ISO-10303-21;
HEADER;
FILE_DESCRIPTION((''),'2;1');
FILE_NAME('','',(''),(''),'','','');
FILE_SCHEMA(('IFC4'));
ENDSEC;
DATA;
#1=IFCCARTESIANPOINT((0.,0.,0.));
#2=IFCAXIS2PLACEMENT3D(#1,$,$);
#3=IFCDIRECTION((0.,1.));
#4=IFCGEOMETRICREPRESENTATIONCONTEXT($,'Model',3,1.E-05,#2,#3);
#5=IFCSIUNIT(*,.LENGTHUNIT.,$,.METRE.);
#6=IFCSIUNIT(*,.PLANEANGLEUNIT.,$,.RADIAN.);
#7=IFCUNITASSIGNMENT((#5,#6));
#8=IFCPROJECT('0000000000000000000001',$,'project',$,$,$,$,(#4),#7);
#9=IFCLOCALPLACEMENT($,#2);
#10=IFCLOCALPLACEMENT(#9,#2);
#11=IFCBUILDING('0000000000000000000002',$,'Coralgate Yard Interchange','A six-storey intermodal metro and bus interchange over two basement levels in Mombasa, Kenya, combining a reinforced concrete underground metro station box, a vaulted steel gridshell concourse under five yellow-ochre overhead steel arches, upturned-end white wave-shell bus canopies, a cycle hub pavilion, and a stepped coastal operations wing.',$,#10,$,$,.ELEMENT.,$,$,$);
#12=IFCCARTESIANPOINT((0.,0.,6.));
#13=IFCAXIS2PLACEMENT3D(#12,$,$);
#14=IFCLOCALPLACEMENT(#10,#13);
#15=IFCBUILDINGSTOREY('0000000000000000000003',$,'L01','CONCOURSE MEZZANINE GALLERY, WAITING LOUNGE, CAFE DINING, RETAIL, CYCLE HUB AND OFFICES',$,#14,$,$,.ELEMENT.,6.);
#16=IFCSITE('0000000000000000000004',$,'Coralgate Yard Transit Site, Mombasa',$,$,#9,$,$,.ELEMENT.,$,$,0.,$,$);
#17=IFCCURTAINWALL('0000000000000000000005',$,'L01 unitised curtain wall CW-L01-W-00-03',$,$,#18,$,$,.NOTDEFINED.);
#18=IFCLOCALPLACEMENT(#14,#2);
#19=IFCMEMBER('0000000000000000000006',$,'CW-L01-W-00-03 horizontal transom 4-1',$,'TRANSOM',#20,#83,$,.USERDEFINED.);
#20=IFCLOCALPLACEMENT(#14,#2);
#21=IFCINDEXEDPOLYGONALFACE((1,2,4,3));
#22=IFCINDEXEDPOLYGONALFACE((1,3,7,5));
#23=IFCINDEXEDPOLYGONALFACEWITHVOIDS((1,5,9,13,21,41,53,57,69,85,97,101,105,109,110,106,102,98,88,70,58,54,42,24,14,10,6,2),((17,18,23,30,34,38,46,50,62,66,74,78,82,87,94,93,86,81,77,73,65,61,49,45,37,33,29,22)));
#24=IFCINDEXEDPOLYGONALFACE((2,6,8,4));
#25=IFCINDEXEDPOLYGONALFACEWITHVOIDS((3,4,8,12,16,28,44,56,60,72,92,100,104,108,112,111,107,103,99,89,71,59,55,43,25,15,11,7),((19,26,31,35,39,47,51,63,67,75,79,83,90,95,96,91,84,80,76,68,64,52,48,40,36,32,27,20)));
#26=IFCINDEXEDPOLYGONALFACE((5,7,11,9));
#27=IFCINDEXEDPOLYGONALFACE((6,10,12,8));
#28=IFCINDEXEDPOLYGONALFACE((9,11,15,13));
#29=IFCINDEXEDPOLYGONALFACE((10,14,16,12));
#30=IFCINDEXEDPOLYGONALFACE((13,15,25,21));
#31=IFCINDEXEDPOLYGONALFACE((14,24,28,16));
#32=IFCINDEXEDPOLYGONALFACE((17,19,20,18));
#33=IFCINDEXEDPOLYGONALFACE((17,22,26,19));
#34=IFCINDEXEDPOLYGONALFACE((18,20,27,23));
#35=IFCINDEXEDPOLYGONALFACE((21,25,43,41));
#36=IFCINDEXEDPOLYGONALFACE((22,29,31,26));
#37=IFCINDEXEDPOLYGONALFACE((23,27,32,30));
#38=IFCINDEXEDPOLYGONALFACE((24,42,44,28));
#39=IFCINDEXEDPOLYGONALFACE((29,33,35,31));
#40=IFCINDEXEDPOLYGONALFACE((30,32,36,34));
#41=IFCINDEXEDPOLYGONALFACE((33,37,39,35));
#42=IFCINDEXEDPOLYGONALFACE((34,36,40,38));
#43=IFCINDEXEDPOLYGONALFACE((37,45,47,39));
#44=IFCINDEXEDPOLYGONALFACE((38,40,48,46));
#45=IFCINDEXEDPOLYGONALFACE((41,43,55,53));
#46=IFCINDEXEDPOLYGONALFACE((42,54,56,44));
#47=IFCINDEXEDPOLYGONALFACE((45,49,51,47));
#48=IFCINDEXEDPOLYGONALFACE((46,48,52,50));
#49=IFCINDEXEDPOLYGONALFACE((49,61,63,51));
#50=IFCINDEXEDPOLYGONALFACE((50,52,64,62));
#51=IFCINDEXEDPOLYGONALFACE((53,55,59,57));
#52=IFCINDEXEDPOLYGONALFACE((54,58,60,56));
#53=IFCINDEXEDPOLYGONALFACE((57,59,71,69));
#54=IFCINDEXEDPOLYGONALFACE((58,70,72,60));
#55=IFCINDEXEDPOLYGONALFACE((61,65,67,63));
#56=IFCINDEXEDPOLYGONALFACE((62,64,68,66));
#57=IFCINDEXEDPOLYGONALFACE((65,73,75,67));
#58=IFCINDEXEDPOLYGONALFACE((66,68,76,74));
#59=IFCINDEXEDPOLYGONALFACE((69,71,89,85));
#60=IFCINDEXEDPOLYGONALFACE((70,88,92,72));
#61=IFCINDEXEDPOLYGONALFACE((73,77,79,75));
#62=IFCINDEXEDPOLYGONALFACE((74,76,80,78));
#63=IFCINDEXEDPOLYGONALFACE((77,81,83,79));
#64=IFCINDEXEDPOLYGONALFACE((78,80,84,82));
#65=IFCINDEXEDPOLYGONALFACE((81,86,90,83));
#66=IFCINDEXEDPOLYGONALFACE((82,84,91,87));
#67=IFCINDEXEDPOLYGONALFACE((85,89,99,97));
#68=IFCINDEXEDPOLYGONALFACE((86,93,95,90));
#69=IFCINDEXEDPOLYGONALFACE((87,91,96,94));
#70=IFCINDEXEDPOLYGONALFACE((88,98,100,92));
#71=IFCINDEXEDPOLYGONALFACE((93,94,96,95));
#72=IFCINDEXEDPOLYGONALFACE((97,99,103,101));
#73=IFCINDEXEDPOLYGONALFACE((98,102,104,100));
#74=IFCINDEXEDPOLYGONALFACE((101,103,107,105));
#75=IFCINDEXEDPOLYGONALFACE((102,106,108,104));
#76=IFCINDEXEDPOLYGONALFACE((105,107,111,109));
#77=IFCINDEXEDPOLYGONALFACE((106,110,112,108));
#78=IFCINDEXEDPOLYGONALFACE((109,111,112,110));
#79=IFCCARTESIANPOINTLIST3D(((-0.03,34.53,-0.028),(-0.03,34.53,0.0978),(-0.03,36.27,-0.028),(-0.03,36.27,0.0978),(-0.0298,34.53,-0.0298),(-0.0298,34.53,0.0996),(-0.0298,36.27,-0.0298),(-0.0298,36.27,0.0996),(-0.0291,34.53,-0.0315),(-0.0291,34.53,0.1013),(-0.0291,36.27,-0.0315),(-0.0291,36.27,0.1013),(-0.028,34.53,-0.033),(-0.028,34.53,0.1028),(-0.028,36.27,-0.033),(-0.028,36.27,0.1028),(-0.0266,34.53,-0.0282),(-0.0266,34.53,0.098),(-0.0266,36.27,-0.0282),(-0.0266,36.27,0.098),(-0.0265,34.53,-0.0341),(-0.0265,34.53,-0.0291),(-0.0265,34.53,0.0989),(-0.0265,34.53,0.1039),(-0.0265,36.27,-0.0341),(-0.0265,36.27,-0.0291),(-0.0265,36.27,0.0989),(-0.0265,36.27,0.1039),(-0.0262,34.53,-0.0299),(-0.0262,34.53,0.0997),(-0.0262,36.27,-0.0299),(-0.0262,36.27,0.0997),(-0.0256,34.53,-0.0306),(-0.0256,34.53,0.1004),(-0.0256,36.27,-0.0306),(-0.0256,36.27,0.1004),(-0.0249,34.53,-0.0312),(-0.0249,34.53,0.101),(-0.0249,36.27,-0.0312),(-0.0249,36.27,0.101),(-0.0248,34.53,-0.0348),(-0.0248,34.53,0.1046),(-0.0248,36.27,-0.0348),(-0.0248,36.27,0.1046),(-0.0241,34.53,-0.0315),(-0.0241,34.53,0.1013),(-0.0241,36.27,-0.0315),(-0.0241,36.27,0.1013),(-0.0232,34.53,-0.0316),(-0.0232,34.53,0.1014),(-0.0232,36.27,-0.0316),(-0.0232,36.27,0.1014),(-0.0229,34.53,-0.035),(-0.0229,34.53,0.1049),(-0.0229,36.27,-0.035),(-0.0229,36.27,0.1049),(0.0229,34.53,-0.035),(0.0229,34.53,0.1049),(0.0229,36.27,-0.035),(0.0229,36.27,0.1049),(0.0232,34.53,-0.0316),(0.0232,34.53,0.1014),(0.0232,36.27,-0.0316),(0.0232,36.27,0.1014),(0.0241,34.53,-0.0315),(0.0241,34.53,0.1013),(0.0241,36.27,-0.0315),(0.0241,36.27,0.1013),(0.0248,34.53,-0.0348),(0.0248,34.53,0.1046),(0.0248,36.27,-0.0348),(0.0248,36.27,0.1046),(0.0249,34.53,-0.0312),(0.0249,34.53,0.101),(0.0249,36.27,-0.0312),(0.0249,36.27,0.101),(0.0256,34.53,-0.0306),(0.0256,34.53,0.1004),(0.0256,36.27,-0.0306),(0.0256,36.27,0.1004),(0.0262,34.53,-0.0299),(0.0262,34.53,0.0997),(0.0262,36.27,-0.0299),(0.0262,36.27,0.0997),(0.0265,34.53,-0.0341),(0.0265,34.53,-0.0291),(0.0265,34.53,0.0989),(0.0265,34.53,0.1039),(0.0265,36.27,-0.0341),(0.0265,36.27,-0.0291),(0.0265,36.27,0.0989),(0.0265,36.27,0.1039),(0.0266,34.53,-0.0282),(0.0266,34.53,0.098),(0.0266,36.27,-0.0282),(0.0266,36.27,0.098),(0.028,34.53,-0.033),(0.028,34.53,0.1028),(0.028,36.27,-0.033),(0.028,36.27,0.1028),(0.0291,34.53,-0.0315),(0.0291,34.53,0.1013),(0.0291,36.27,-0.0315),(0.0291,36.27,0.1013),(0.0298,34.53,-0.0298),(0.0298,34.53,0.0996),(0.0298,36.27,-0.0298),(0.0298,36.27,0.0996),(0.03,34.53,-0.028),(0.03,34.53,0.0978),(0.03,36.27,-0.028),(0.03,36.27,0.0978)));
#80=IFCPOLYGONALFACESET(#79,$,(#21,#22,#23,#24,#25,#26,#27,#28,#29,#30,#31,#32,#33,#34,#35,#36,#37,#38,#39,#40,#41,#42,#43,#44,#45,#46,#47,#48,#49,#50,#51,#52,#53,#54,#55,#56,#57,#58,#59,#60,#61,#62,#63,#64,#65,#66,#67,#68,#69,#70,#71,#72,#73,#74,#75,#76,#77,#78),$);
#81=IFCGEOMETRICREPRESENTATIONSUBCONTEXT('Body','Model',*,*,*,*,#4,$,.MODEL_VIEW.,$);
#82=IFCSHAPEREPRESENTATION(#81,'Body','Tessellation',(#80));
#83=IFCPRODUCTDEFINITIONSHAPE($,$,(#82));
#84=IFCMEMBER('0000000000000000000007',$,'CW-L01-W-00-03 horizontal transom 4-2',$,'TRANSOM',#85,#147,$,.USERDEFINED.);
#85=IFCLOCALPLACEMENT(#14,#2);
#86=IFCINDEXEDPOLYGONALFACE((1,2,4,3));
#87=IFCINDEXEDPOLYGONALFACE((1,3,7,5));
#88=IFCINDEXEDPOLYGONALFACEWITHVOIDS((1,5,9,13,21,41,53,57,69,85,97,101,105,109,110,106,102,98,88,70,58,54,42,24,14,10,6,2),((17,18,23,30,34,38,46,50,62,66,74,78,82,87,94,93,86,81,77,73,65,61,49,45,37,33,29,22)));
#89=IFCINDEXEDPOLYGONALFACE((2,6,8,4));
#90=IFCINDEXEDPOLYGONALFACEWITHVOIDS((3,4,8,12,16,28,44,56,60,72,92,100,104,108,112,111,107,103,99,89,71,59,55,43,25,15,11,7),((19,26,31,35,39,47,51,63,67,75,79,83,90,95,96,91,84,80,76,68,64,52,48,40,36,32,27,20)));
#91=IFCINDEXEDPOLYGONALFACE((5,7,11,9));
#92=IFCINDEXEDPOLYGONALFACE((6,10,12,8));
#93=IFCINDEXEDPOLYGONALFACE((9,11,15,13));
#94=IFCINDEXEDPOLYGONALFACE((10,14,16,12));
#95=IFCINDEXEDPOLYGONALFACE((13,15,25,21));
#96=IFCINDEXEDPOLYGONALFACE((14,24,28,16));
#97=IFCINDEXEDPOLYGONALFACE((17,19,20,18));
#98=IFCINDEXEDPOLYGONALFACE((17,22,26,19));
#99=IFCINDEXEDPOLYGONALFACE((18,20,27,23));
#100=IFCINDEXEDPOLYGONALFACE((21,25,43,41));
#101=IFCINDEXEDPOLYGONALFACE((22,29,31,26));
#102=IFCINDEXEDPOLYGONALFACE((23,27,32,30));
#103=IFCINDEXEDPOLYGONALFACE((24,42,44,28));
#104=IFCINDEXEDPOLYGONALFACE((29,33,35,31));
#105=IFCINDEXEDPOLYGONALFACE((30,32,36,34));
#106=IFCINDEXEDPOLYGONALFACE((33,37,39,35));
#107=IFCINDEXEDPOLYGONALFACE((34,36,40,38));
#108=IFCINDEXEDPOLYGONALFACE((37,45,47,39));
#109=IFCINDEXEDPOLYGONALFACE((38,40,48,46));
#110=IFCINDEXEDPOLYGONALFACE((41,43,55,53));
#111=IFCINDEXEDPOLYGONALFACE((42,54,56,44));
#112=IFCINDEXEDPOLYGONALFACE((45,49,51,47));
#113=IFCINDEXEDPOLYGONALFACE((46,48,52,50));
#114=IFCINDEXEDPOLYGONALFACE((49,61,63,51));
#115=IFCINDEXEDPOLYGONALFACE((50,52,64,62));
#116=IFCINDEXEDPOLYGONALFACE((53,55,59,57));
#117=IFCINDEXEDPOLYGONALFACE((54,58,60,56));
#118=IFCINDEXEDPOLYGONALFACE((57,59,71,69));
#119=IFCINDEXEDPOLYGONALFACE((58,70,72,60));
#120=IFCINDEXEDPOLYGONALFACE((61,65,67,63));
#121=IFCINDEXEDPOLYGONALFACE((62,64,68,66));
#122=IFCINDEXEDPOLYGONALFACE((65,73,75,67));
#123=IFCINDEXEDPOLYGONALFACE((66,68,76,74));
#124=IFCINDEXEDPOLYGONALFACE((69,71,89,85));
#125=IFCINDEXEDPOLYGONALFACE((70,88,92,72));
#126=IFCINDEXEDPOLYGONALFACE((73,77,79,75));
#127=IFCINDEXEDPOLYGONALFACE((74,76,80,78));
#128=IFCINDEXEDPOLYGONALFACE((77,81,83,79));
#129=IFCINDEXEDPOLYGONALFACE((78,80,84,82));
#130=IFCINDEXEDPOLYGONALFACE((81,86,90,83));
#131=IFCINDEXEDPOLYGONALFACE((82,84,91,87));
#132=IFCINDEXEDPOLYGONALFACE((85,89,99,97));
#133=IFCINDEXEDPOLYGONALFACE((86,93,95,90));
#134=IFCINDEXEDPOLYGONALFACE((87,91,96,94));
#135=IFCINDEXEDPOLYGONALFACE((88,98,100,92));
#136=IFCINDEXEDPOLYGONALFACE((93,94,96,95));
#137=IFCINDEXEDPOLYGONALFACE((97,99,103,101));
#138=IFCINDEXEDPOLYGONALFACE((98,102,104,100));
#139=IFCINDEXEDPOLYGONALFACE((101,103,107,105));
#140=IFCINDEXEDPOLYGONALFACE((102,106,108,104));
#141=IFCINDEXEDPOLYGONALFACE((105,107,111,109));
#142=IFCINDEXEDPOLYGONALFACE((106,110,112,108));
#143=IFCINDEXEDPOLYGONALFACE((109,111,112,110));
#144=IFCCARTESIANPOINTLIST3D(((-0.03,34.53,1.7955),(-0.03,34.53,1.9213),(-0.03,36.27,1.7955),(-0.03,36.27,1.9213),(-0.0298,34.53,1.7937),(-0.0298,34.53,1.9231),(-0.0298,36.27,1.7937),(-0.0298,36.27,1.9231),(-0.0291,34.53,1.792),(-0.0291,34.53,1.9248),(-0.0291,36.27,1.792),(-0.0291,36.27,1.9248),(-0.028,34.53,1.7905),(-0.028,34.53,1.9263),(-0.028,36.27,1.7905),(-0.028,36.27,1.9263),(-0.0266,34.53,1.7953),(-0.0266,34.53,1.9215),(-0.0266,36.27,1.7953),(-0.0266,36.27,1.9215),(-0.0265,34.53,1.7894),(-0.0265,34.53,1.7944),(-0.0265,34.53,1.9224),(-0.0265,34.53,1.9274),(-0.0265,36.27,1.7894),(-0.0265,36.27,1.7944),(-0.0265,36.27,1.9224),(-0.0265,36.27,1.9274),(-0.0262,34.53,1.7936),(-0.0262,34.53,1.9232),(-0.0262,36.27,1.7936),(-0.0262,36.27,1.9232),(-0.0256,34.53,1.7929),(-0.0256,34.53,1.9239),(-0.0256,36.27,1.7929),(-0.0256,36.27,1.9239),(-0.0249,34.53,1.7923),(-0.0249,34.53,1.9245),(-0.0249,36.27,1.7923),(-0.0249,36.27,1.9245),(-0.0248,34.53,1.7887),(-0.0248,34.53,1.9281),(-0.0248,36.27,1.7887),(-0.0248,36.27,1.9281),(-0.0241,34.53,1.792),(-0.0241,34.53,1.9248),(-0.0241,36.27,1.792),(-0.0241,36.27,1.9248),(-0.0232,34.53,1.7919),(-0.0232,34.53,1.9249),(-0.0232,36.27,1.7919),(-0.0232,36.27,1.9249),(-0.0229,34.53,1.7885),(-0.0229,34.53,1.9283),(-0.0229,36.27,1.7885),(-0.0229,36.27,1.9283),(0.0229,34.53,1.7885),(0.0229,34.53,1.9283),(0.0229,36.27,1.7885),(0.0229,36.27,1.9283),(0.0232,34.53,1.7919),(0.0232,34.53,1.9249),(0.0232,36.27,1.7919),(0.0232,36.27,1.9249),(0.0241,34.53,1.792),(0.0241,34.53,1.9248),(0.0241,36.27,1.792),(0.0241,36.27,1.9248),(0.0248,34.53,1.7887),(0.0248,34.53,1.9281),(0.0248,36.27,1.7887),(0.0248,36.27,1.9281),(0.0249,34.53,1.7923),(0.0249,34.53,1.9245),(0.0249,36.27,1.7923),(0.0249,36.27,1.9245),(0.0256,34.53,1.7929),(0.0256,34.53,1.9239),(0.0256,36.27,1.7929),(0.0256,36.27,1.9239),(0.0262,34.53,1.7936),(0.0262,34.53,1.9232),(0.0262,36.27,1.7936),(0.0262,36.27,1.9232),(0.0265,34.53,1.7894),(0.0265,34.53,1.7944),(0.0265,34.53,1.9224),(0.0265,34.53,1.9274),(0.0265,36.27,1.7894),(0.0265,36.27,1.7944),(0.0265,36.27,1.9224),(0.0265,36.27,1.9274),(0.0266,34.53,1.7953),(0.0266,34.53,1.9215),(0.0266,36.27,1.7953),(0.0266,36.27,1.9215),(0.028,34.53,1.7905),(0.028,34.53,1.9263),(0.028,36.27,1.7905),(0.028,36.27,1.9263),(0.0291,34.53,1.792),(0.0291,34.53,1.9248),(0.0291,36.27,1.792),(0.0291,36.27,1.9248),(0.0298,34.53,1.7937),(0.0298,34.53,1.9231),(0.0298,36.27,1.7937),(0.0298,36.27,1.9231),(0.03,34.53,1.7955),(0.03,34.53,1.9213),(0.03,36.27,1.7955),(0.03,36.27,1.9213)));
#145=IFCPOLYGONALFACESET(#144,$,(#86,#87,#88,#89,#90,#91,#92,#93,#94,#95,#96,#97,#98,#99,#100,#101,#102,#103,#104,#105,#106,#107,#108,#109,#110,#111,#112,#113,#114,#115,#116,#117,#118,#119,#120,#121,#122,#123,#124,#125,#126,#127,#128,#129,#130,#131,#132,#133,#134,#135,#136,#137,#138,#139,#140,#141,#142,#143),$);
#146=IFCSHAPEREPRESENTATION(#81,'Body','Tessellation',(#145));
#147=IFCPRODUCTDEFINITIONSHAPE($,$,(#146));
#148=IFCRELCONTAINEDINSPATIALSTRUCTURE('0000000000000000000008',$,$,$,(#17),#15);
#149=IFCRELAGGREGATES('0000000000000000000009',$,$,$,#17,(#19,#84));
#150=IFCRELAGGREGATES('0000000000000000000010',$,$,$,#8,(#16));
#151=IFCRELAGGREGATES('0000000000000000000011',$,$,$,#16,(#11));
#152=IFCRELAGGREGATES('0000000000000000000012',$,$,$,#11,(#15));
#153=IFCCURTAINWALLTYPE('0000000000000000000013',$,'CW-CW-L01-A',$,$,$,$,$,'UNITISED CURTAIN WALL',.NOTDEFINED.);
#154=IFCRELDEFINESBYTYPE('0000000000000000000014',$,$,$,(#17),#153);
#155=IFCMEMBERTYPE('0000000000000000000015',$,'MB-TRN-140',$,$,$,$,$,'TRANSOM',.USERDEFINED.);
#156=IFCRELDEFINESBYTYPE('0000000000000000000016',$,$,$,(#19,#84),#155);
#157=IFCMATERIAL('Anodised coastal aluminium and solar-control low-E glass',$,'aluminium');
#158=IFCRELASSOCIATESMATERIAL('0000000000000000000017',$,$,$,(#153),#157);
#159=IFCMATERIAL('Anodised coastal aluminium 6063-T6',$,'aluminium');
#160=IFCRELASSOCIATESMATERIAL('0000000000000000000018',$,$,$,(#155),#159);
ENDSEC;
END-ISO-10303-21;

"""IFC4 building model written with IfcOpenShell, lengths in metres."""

from ifc_helpers import new_model, si_unit, direction, frame, origin, origin_2d, place, context, subcontext, project, spatial, hollow_rectangle, extrude, material, material_profile, profile_set, type_object, element, aggregate, save


model = new_model("IFC4")

# Units and contexts
model_context = context("Model", 3, precision=1e-05, world=origin(), true_north=direction((0.0, 1.0)))
body_context = subcontext(model_context, "Body", "Model", "MODEL_VIEW")
ifc_project = project(units=[si_unit("LENGTHUNIT", "METRE"), si_unit("PLANEANGLEUNIT", "RADIAN")], contexts=[model_context])

# Site, building, storey
site_placement = place(None, origin())
site = spatial("IfcSite", under=ifc_project, at=site_placement, Name="Coralgate Yard Transit Site, Mombasa", CompositionType="ELEMENT", RefElevation=0.0)
building_placement = place(site_placement, origin())
building = spatial("IfcBuilding", under=site, at=building_placement, Name="Coralgate Yard Interchange", Description="A six-storey intermodal metro and bus interchange over two basement levels in Mombasa, Kenya, combining a reinforced concrete underground metro station box, a vaulted steel gridshell concourse under five yellow-ochre overhead steel arches, upturned-end white wave-shell bus canopies, a cycle hub pavilion, and a stepped coastal operations wing.", CompositionType="ELEMENT")
storey_placement = place(building_placement, frame((0.0, 0.0, 6.0)))
storey = spatial("IfcBuildingStorey", under=building, at=storey_placement, Name="L01", Description="CONCOURSE MEZZANINE GALLERY, WAITING LOUNGE, CAFE DINING, RETAIL, CYCLE HUB AND OFFICES", CompositionType="ELEMENT", Elevation=6.0)

# Curtain wall, members
ifc_material_1 = material(Name="Anodised coastal aluminium and solar-control low-E glass", Category="aluminium")
curtain_wall_type = type_object("IfcCurtainWallType", Name="CW-CW-L01-A", ElementType="UNITISED CURTAIN WALL", PredefinedType="NOTDEFINED", material=ifc_material_1)
curtain_wall_placement = place(storey_placement, origin())
curtain_wall = element("IfcCurtainWall", 1, at=curtain_wall_placement, inside=storey, type_object=curtain_wall_type, Name="L01 unitised curtain wall CW-L01-W-00-03", PredefinedType="NOTDEFINED")
ifc_material_2 = material(Name="Anodised coastal aluminium 6063-T6", Category="aluminium")
ifc_material_profile_1 = material_profile(ifc_material_2, hollow_rectangle(XDim=0.0601, YDim=0.1399, WallThickness=0.0034, InnerFilletRadius=0.0034, OuterFilletRadius=0.0071, at=origin_2d()), Name="ALU 60x140x3.5")
ifc_profile_set_1 = profile_set([ifc_material_profile_1], Name="Anodised coastal aluminium 6063-T6")
member_type_1 = type_object("IfcMemberType", Name="MB-TRN-140", ElementType="TRANSOM", PredefinedType="USERDEFINED", material=ifc_profile_set_1)
member_1_placement = place(storey_placement, frame((0.0, 34.53, 0.0349), z_axis=(0.0, 1.0, 0.0), x_axis=(-1.0, 0.0, 0.0)))
member_1 = element("IfcMember", 2, at=member_1_placement, type_object=member_type_1, Name="CW-L01-W-00-03 horizontal transom 4-1", ObjectType="TRANSOM", PredefinedType="USERDEFINED", context=body_context, shape_type="SweptSolid", body=[
    extrude(hollow_rectangle(XDim=0.0601, YDim=0.1399, WallThickness=0.0034, InnerFilletRadius=0.0034, OuterFilletRadius=0.0071, at=origin_2d()), origin(), (0.0, 0.0, 1.0), 1.74),
])
member_2_placement = place(storey_placement, frame((0.0, 34.53, 1.8584), z_axis=(0.0, 1.0, 0.0), x_axis=(-1.0, 0.0, 0.0)))
member_2 = element("IfcMember", 3, at=member_2_placement, type_object=member_type_1, Name="CW-L01-W-00-03 horizontal transom 4-2", ObjectType="TRANSOM", PredefinedType="USERDEFINED", context=body_context, shape_type="SweptSolid", body=[
    extrude(hollow_rectangle(XDim=0.0601, YDim=0.1399, WallThickness=0.0034, InnerFilletRadius=0.0034, OuterFilletRadius=0.0071, at=origin_2d()), origin(), (0.0, 0.0, 1.0), 1.74),
])
aggregate(curtain_wall, [member_1, member_2])

save(model, "model.ifc")
